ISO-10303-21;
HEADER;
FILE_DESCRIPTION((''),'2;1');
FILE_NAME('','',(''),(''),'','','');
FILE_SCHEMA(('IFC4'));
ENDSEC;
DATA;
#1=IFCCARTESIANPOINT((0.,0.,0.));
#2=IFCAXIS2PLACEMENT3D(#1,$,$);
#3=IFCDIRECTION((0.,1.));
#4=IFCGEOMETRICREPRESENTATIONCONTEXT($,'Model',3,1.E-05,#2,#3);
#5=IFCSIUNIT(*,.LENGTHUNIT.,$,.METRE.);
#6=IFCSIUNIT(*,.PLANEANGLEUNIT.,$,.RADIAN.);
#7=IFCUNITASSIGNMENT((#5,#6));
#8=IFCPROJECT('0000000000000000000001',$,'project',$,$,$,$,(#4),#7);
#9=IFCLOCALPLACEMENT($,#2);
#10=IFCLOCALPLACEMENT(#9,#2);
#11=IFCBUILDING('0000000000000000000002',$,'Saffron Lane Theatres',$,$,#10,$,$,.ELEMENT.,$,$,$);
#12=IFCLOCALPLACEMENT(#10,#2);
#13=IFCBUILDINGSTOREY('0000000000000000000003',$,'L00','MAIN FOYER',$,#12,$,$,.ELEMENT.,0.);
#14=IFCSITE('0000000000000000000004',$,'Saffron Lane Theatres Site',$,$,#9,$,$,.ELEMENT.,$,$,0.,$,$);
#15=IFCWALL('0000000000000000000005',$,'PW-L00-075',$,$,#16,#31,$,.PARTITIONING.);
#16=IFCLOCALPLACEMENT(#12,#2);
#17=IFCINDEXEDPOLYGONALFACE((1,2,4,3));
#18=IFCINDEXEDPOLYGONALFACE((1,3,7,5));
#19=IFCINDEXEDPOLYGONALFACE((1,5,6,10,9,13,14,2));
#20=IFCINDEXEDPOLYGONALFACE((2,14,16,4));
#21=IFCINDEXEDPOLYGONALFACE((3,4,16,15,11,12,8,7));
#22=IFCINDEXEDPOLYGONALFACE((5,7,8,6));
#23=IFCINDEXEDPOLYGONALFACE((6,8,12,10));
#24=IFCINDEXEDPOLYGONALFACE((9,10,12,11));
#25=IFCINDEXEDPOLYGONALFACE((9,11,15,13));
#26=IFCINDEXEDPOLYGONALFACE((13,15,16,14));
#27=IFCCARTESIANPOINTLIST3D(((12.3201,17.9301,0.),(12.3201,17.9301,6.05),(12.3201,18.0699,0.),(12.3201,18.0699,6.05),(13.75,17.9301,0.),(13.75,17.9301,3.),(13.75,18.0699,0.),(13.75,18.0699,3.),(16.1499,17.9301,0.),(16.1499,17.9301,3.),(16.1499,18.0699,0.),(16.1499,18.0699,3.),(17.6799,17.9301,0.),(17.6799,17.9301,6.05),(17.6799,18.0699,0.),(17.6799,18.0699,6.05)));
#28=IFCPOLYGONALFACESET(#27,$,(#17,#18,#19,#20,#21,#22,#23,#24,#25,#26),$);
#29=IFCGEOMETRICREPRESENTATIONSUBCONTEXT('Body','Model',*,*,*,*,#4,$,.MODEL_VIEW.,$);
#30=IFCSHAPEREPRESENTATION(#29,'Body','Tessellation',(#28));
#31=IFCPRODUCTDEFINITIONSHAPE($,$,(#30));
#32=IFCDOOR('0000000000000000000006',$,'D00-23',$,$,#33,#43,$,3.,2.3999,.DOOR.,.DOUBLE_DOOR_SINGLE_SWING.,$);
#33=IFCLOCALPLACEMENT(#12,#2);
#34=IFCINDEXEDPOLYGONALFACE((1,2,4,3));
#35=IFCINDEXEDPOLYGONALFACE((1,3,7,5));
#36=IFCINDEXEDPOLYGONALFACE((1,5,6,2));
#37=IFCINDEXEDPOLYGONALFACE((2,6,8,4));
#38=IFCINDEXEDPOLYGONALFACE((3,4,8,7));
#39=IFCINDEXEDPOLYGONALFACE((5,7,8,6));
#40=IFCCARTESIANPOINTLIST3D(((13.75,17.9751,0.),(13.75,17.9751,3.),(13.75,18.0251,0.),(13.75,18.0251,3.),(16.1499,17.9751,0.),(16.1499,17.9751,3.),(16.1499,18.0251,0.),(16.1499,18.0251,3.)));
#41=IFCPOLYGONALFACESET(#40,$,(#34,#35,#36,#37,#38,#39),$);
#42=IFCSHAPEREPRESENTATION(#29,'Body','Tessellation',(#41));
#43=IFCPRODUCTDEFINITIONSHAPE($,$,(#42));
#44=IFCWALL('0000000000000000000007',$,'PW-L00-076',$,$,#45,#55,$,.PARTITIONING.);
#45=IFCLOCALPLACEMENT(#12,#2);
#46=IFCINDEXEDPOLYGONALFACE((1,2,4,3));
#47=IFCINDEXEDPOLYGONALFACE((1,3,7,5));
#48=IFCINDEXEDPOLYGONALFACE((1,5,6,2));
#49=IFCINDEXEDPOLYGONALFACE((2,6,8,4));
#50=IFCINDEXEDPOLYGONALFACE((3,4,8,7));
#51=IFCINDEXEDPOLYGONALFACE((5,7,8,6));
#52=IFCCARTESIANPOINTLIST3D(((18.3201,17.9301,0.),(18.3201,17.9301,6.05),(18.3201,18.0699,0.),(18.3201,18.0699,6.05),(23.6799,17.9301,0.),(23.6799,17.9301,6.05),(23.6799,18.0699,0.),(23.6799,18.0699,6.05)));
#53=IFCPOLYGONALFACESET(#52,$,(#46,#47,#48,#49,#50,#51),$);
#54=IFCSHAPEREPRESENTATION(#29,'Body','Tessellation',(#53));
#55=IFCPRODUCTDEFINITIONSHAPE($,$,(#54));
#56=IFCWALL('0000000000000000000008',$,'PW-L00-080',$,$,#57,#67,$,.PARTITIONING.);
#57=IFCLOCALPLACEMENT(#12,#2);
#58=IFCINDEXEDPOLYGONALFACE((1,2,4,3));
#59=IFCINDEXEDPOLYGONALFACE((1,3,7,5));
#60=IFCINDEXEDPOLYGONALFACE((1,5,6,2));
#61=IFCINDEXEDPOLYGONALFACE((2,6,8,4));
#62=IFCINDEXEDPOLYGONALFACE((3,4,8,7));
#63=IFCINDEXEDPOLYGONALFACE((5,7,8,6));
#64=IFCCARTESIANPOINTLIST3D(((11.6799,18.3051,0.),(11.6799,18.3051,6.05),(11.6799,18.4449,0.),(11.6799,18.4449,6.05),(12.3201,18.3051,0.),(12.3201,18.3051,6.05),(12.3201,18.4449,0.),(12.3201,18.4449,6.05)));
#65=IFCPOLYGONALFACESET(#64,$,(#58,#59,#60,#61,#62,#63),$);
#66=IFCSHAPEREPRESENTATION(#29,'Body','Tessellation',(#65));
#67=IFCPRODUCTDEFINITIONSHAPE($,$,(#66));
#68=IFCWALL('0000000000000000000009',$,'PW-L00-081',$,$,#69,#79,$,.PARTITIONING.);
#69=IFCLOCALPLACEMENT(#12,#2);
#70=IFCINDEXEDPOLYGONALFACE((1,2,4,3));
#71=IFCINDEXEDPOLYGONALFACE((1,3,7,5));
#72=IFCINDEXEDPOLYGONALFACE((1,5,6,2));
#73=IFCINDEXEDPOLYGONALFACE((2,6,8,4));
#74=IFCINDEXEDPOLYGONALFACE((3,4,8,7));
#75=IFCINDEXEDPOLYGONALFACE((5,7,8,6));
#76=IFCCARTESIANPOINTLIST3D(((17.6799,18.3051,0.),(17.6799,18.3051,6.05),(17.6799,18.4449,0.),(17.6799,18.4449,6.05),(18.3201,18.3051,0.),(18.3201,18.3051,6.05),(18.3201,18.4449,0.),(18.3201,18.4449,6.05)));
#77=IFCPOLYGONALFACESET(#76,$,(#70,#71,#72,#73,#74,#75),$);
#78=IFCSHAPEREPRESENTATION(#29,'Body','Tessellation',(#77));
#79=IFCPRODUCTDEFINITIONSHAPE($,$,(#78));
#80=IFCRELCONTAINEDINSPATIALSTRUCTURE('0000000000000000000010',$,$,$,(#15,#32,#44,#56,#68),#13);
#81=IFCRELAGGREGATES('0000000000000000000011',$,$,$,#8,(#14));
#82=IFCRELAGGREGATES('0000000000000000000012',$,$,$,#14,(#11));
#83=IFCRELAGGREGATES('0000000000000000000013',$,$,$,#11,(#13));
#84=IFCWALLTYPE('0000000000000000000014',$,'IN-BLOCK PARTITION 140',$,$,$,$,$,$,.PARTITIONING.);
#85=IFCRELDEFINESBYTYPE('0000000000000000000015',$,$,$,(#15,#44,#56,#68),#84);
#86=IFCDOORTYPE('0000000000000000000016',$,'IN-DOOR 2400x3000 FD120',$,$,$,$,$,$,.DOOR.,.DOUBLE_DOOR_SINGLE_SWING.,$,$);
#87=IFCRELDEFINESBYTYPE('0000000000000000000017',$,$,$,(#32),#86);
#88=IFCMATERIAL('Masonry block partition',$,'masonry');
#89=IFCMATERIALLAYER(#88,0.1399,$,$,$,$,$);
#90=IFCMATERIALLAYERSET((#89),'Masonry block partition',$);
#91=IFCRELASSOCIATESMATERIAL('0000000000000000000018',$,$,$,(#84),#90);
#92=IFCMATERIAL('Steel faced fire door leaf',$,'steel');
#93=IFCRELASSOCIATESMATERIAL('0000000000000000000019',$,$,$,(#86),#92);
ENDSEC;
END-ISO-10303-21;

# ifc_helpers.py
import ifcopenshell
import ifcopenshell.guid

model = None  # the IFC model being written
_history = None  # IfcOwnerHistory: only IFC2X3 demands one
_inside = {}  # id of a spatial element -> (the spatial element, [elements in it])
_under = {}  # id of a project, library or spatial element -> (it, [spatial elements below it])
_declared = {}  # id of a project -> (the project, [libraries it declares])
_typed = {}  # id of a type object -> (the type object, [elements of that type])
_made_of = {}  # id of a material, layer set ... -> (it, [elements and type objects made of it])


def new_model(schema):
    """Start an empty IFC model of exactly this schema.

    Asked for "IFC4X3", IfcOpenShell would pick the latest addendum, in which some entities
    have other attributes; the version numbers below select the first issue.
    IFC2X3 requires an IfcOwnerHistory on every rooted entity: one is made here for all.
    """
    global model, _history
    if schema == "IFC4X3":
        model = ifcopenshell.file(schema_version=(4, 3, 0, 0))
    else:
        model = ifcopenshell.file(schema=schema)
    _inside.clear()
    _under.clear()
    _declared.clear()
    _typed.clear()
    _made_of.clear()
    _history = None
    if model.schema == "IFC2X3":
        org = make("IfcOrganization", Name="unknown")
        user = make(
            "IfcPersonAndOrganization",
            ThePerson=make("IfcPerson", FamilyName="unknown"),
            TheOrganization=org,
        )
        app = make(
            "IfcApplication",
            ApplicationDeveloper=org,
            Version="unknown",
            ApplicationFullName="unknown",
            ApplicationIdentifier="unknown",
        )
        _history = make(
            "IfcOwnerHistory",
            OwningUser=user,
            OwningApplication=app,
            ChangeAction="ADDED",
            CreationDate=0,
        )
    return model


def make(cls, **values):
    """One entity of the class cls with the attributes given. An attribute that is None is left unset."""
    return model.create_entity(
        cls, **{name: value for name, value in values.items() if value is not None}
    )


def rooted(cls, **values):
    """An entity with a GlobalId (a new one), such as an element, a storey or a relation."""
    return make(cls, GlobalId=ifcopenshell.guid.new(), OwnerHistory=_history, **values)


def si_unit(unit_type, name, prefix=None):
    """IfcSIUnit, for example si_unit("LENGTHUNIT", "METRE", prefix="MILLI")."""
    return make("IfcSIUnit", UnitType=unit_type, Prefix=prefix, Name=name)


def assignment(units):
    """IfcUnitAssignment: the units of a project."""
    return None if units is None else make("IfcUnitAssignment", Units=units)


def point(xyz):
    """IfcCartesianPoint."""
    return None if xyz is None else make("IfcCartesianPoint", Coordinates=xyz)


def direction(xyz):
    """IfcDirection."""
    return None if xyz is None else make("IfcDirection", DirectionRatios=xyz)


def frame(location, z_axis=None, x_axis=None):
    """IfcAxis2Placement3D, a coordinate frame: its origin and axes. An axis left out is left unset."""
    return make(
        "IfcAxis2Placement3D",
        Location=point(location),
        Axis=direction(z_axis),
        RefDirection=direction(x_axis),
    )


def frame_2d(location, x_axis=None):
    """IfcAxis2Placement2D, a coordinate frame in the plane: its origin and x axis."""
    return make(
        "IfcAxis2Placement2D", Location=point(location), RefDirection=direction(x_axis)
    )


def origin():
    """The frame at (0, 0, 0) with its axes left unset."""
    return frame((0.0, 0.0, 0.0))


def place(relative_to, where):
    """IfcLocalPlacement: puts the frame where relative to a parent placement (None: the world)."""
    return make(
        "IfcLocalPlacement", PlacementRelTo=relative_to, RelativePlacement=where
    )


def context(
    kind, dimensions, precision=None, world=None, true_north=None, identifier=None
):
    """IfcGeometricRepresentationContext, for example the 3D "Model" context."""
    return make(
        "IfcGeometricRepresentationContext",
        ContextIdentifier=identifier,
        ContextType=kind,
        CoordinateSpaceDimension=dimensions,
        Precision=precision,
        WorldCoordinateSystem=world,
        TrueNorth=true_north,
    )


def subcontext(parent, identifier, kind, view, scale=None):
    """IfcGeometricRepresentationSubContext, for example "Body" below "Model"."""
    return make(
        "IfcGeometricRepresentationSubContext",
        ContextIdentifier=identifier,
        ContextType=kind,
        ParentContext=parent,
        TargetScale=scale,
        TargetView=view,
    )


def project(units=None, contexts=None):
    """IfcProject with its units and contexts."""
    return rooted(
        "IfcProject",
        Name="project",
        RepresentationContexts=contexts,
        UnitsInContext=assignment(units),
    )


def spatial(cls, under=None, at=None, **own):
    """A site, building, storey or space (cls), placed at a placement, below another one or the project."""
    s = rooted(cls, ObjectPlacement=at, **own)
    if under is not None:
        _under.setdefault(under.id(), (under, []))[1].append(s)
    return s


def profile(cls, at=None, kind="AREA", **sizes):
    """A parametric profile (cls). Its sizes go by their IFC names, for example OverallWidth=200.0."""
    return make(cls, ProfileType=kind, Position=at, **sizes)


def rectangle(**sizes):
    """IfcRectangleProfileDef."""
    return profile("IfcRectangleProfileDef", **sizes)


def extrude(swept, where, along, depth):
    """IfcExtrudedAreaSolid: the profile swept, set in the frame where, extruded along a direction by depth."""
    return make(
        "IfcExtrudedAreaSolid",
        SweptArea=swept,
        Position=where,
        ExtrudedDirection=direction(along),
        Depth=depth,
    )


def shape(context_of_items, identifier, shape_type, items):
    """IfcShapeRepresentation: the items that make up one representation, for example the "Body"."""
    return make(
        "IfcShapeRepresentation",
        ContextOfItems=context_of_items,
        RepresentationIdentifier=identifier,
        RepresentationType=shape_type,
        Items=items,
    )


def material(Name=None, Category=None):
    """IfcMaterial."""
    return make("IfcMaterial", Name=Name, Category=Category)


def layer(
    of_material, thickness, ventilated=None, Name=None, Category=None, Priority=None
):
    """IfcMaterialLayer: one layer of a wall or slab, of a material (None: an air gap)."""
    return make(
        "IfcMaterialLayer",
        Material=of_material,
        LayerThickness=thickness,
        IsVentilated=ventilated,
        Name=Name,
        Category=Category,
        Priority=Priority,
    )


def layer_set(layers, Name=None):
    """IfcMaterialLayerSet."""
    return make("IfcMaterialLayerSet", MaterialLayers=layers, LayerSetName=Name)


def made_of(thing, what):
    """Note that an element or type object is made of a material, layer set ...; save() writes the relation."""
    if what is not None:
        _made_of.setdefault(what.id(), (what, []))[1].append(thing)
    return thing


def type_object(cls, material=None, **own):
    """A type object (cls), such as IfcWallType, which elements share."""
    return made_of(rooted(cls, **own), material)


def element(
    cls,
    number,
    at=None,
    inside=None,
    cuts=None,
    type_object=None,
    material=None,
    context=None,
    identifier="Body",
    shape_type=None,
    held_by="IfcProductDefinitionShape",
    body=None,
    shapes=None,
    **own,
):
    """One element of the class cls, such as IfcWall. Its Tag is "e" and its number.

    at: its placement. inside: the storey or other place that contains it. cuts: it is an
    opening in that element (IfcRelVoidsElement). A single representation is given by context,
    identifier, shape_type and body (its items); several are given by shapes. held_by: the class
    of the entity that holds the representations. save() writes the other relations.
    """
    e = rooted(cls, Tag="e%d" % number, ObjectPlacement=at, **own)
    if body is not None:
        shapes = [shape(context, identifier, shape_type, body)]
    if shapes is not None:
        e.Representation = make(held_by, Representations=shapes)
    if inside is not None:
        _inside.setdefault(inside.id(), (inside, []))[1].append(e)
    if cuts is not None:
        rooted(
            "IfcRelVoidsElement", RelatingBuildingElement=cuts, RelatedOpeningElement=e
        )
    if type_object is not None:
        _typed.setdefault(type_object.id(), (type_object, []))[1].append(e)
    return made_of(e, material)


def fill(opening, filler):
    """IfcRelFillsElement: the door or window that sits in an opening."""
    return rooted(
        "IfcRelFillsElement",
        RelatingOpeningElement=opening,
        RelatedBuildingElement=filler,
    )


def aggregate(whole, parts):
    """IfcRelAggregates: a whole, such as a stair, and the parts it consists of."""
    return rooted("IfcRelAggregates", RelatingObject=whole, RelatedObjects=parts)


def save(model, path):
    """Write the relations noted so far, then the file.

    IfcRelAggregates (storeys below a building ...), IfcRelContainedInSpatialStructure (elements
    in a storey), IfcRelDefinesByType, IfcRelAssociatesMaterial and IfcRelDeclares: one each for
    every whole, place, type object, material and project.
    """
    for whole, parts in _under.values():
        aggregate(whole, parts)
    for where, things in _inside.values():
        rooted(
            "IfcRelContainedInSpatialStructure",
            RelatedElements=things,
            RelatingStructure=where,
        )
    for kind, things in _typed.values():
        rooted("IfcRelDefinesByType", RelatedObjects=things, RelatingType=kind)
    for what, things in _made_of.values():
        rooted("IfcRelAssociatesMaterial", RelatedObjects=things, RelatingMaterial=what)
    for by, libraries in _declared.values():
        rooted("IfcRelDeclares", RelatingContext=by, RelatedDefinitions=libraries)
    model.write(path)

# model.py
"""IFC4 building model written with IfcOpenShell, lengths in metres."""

from ifc_helpers import new_model, si_unit, direction, frame, frame_2d, origin, place, context, subcontext, project, spatial, rectangle, extrude, material, layer, layer_set, type_object, element, fill, save


model = new_model("IFC4")

# Units and contexts
model_context = context("Model", 3, precision=1e-05, world=origin(), true_north=direction((0.0, 1.0)))
body_context = subcontext(model_context, "Body", "Model", "MODEL_VIEW")
ifc_project = project(units=[si_unit("LENGTHUNIT", "METRE"), si_unit("PLANEANGLEUNIT", "RADIAN")], contexts=[model_context])

# Site, building, storey
site_placement = place(None, origin())
site = spatial("IfcSite", under=ifc_project, at=site_placement, Name="Saffron Lane Theatres Site", CompositionType="ELEMENT", RefElevation=0.0)
building_placement = place(site_placement, origin())
building = spatial("IfcBuilding", under=site, at=building_placement, Name="Saffron Lane Theatres", CompositionType="ELEMENT")
storey_placement = place(building_placement, origin())
storey = spatial("IfcBuildingStorey", under=building, at=storey_placement, Name="L00", Description="MAIN FOYER", CompositionType="ELEMENT", Elevation=0.0)

# Shared definitions
ifc_material_1 = material(Name="Masonry block partition", Category="masonry")
ifc_layer_1 = layer(ifc_material_1, 0.1399)
ifc_layer_set_1 = layer_set([ifc_layer_1], Name="Masonry block partition")
wall_type_1 = type_object("IfcWallType", Name="IN-BLOCK PARTITION 140", PredefinedType="PARTITIONING", material=ifc_layer_set_1)

# Wall, opening, door
wall_1_placement = place(storey_placement, frame((12.3201, 18.0, 0.0), z_axis=(0.0, 0.0, 1.0), x_axis=(1.0, 0.0, 0.0)))
wall_1 = element("IfcWall", 1, at=wall_1_placement, inside=storey, type_object=wall_type_1, Name="PW-L00-075", PredefinedType="PARTITIONING", context=body_context, shape_type="SweptSolid", body=[
    extrude(rectangle(XDim=5.3599, YDim=0.1399, at=frame_2d((2.6799, 0.0))), origin(), (0.0, 0.0, 1.0), 6.05),
])
opening_1_placement = place(wall_1_placement, frame((1.4299, 0.0, 0.0)))
opening_1 = element("IfcOpeningElement", 2, at=opening_1_placement, cuts=wall_1, PredefinedType="OPENING", context=body_context, shape_type="SweptSolid", body=[
    extrude(rectangle(XDim=2.3999, YDim=3.0, at=frame_2d((1.2, 1.5))), frame((0.0, 0.0801, 0.0), z_axis=(0.0, -1.0, 0.0), x_axis=(1.0, 0.0, 0.0)), (0.0, 0.0, 1.0), 0.1599),
])
ifc_material_2 = material(Name="Steel faced fire door leaf", Category="steel")
door_type_1 = type_object("IfcDoorType", Name="IN-DOOR 2400x3000 FD120", OperationType="DOUBLE_DOOR_SINGLE_SWING", PredefinedType="DOOR", material=ifc_material_2)
door_1_placement = place(opening_1_placement, frame((2.3999, 0.0, 0.0), z_axis=(0.0, 0.0, 1.0), x_axis=(-1.0, 0.0, 0.0)))
door_1 = element("IfcDoor", 3, at=door_1_placement, inside=storey, type_object=door_type_1, Name="D00-23", OperationType="DOUBLE_DOOR_SINGLE_SWING", OverallHeight=3.0, OverallWidth=2.3999, PredefinedType="DOOR", context=body_context, shape_type="SweptSolid", body=[
    extrude(rectangle(XDim=2.3999, YDim=3.0, at=frame_2d((1.2, 1.5))), frame((0.0, 0.0249, 0.0), z_axis=(0.0, -1.0, 0.0), x_axis=(1.0, 0.0, 0.0)), (0.0, 0.0, 1.0), 0.05),
])
fill(opening_1, door_1)

# Walls
wall_2_placement = place(storey_placement, frame((18.3201, 18.0, 0.0), z_axis=(0.0, 0.0, 1.0), x_axis=(1.0, 0.0, 0.0)))
element("IfcWall", 4, at=wall_2_placement, inside=storey, type_object=wall_type_1, Name="PW-L00-076", PredefinedType="PARTITIONING", context=body_context, shape_type="SweptSolid", body=[
    extrude(rectangle(XDim=5.3599, YDim=0.1399, at=frame_2d((2.6799, 0.0))), origin(), (0.0, 0.0, 1.0), 6.05),
])
for number, where, z_axis, x_axis, name in (
    (5, (11.6799, 18.375, 0.0), (0.0, 0.0, 1.0), (1.0, 0.0, 0.0), "PW-L00-080"),
    (6, (17.6799, 18.375, 0.0), (0.0, 0.0, 1.0), (1.0, 0.0, 0.0), "PW-L00-081"),
):
    element("IfcWall", number, at=place(storey_placement, frame(where, z_axis=z_axis, x_axis=x_axis)), inside=storey, type_object=wall_type_1, Name=name, PredefinedType="PARTITIONING", context=body_context, shape_type="SweptSolid", body=[
        extrude(rectangle(XDim=0.6401, YDim=0.1399, at=frame_2d((0.3201, 0.0))), origin(), (0.0, 0.0, 1.0), 6.05),
    ])

save(model, "model.ifc")
